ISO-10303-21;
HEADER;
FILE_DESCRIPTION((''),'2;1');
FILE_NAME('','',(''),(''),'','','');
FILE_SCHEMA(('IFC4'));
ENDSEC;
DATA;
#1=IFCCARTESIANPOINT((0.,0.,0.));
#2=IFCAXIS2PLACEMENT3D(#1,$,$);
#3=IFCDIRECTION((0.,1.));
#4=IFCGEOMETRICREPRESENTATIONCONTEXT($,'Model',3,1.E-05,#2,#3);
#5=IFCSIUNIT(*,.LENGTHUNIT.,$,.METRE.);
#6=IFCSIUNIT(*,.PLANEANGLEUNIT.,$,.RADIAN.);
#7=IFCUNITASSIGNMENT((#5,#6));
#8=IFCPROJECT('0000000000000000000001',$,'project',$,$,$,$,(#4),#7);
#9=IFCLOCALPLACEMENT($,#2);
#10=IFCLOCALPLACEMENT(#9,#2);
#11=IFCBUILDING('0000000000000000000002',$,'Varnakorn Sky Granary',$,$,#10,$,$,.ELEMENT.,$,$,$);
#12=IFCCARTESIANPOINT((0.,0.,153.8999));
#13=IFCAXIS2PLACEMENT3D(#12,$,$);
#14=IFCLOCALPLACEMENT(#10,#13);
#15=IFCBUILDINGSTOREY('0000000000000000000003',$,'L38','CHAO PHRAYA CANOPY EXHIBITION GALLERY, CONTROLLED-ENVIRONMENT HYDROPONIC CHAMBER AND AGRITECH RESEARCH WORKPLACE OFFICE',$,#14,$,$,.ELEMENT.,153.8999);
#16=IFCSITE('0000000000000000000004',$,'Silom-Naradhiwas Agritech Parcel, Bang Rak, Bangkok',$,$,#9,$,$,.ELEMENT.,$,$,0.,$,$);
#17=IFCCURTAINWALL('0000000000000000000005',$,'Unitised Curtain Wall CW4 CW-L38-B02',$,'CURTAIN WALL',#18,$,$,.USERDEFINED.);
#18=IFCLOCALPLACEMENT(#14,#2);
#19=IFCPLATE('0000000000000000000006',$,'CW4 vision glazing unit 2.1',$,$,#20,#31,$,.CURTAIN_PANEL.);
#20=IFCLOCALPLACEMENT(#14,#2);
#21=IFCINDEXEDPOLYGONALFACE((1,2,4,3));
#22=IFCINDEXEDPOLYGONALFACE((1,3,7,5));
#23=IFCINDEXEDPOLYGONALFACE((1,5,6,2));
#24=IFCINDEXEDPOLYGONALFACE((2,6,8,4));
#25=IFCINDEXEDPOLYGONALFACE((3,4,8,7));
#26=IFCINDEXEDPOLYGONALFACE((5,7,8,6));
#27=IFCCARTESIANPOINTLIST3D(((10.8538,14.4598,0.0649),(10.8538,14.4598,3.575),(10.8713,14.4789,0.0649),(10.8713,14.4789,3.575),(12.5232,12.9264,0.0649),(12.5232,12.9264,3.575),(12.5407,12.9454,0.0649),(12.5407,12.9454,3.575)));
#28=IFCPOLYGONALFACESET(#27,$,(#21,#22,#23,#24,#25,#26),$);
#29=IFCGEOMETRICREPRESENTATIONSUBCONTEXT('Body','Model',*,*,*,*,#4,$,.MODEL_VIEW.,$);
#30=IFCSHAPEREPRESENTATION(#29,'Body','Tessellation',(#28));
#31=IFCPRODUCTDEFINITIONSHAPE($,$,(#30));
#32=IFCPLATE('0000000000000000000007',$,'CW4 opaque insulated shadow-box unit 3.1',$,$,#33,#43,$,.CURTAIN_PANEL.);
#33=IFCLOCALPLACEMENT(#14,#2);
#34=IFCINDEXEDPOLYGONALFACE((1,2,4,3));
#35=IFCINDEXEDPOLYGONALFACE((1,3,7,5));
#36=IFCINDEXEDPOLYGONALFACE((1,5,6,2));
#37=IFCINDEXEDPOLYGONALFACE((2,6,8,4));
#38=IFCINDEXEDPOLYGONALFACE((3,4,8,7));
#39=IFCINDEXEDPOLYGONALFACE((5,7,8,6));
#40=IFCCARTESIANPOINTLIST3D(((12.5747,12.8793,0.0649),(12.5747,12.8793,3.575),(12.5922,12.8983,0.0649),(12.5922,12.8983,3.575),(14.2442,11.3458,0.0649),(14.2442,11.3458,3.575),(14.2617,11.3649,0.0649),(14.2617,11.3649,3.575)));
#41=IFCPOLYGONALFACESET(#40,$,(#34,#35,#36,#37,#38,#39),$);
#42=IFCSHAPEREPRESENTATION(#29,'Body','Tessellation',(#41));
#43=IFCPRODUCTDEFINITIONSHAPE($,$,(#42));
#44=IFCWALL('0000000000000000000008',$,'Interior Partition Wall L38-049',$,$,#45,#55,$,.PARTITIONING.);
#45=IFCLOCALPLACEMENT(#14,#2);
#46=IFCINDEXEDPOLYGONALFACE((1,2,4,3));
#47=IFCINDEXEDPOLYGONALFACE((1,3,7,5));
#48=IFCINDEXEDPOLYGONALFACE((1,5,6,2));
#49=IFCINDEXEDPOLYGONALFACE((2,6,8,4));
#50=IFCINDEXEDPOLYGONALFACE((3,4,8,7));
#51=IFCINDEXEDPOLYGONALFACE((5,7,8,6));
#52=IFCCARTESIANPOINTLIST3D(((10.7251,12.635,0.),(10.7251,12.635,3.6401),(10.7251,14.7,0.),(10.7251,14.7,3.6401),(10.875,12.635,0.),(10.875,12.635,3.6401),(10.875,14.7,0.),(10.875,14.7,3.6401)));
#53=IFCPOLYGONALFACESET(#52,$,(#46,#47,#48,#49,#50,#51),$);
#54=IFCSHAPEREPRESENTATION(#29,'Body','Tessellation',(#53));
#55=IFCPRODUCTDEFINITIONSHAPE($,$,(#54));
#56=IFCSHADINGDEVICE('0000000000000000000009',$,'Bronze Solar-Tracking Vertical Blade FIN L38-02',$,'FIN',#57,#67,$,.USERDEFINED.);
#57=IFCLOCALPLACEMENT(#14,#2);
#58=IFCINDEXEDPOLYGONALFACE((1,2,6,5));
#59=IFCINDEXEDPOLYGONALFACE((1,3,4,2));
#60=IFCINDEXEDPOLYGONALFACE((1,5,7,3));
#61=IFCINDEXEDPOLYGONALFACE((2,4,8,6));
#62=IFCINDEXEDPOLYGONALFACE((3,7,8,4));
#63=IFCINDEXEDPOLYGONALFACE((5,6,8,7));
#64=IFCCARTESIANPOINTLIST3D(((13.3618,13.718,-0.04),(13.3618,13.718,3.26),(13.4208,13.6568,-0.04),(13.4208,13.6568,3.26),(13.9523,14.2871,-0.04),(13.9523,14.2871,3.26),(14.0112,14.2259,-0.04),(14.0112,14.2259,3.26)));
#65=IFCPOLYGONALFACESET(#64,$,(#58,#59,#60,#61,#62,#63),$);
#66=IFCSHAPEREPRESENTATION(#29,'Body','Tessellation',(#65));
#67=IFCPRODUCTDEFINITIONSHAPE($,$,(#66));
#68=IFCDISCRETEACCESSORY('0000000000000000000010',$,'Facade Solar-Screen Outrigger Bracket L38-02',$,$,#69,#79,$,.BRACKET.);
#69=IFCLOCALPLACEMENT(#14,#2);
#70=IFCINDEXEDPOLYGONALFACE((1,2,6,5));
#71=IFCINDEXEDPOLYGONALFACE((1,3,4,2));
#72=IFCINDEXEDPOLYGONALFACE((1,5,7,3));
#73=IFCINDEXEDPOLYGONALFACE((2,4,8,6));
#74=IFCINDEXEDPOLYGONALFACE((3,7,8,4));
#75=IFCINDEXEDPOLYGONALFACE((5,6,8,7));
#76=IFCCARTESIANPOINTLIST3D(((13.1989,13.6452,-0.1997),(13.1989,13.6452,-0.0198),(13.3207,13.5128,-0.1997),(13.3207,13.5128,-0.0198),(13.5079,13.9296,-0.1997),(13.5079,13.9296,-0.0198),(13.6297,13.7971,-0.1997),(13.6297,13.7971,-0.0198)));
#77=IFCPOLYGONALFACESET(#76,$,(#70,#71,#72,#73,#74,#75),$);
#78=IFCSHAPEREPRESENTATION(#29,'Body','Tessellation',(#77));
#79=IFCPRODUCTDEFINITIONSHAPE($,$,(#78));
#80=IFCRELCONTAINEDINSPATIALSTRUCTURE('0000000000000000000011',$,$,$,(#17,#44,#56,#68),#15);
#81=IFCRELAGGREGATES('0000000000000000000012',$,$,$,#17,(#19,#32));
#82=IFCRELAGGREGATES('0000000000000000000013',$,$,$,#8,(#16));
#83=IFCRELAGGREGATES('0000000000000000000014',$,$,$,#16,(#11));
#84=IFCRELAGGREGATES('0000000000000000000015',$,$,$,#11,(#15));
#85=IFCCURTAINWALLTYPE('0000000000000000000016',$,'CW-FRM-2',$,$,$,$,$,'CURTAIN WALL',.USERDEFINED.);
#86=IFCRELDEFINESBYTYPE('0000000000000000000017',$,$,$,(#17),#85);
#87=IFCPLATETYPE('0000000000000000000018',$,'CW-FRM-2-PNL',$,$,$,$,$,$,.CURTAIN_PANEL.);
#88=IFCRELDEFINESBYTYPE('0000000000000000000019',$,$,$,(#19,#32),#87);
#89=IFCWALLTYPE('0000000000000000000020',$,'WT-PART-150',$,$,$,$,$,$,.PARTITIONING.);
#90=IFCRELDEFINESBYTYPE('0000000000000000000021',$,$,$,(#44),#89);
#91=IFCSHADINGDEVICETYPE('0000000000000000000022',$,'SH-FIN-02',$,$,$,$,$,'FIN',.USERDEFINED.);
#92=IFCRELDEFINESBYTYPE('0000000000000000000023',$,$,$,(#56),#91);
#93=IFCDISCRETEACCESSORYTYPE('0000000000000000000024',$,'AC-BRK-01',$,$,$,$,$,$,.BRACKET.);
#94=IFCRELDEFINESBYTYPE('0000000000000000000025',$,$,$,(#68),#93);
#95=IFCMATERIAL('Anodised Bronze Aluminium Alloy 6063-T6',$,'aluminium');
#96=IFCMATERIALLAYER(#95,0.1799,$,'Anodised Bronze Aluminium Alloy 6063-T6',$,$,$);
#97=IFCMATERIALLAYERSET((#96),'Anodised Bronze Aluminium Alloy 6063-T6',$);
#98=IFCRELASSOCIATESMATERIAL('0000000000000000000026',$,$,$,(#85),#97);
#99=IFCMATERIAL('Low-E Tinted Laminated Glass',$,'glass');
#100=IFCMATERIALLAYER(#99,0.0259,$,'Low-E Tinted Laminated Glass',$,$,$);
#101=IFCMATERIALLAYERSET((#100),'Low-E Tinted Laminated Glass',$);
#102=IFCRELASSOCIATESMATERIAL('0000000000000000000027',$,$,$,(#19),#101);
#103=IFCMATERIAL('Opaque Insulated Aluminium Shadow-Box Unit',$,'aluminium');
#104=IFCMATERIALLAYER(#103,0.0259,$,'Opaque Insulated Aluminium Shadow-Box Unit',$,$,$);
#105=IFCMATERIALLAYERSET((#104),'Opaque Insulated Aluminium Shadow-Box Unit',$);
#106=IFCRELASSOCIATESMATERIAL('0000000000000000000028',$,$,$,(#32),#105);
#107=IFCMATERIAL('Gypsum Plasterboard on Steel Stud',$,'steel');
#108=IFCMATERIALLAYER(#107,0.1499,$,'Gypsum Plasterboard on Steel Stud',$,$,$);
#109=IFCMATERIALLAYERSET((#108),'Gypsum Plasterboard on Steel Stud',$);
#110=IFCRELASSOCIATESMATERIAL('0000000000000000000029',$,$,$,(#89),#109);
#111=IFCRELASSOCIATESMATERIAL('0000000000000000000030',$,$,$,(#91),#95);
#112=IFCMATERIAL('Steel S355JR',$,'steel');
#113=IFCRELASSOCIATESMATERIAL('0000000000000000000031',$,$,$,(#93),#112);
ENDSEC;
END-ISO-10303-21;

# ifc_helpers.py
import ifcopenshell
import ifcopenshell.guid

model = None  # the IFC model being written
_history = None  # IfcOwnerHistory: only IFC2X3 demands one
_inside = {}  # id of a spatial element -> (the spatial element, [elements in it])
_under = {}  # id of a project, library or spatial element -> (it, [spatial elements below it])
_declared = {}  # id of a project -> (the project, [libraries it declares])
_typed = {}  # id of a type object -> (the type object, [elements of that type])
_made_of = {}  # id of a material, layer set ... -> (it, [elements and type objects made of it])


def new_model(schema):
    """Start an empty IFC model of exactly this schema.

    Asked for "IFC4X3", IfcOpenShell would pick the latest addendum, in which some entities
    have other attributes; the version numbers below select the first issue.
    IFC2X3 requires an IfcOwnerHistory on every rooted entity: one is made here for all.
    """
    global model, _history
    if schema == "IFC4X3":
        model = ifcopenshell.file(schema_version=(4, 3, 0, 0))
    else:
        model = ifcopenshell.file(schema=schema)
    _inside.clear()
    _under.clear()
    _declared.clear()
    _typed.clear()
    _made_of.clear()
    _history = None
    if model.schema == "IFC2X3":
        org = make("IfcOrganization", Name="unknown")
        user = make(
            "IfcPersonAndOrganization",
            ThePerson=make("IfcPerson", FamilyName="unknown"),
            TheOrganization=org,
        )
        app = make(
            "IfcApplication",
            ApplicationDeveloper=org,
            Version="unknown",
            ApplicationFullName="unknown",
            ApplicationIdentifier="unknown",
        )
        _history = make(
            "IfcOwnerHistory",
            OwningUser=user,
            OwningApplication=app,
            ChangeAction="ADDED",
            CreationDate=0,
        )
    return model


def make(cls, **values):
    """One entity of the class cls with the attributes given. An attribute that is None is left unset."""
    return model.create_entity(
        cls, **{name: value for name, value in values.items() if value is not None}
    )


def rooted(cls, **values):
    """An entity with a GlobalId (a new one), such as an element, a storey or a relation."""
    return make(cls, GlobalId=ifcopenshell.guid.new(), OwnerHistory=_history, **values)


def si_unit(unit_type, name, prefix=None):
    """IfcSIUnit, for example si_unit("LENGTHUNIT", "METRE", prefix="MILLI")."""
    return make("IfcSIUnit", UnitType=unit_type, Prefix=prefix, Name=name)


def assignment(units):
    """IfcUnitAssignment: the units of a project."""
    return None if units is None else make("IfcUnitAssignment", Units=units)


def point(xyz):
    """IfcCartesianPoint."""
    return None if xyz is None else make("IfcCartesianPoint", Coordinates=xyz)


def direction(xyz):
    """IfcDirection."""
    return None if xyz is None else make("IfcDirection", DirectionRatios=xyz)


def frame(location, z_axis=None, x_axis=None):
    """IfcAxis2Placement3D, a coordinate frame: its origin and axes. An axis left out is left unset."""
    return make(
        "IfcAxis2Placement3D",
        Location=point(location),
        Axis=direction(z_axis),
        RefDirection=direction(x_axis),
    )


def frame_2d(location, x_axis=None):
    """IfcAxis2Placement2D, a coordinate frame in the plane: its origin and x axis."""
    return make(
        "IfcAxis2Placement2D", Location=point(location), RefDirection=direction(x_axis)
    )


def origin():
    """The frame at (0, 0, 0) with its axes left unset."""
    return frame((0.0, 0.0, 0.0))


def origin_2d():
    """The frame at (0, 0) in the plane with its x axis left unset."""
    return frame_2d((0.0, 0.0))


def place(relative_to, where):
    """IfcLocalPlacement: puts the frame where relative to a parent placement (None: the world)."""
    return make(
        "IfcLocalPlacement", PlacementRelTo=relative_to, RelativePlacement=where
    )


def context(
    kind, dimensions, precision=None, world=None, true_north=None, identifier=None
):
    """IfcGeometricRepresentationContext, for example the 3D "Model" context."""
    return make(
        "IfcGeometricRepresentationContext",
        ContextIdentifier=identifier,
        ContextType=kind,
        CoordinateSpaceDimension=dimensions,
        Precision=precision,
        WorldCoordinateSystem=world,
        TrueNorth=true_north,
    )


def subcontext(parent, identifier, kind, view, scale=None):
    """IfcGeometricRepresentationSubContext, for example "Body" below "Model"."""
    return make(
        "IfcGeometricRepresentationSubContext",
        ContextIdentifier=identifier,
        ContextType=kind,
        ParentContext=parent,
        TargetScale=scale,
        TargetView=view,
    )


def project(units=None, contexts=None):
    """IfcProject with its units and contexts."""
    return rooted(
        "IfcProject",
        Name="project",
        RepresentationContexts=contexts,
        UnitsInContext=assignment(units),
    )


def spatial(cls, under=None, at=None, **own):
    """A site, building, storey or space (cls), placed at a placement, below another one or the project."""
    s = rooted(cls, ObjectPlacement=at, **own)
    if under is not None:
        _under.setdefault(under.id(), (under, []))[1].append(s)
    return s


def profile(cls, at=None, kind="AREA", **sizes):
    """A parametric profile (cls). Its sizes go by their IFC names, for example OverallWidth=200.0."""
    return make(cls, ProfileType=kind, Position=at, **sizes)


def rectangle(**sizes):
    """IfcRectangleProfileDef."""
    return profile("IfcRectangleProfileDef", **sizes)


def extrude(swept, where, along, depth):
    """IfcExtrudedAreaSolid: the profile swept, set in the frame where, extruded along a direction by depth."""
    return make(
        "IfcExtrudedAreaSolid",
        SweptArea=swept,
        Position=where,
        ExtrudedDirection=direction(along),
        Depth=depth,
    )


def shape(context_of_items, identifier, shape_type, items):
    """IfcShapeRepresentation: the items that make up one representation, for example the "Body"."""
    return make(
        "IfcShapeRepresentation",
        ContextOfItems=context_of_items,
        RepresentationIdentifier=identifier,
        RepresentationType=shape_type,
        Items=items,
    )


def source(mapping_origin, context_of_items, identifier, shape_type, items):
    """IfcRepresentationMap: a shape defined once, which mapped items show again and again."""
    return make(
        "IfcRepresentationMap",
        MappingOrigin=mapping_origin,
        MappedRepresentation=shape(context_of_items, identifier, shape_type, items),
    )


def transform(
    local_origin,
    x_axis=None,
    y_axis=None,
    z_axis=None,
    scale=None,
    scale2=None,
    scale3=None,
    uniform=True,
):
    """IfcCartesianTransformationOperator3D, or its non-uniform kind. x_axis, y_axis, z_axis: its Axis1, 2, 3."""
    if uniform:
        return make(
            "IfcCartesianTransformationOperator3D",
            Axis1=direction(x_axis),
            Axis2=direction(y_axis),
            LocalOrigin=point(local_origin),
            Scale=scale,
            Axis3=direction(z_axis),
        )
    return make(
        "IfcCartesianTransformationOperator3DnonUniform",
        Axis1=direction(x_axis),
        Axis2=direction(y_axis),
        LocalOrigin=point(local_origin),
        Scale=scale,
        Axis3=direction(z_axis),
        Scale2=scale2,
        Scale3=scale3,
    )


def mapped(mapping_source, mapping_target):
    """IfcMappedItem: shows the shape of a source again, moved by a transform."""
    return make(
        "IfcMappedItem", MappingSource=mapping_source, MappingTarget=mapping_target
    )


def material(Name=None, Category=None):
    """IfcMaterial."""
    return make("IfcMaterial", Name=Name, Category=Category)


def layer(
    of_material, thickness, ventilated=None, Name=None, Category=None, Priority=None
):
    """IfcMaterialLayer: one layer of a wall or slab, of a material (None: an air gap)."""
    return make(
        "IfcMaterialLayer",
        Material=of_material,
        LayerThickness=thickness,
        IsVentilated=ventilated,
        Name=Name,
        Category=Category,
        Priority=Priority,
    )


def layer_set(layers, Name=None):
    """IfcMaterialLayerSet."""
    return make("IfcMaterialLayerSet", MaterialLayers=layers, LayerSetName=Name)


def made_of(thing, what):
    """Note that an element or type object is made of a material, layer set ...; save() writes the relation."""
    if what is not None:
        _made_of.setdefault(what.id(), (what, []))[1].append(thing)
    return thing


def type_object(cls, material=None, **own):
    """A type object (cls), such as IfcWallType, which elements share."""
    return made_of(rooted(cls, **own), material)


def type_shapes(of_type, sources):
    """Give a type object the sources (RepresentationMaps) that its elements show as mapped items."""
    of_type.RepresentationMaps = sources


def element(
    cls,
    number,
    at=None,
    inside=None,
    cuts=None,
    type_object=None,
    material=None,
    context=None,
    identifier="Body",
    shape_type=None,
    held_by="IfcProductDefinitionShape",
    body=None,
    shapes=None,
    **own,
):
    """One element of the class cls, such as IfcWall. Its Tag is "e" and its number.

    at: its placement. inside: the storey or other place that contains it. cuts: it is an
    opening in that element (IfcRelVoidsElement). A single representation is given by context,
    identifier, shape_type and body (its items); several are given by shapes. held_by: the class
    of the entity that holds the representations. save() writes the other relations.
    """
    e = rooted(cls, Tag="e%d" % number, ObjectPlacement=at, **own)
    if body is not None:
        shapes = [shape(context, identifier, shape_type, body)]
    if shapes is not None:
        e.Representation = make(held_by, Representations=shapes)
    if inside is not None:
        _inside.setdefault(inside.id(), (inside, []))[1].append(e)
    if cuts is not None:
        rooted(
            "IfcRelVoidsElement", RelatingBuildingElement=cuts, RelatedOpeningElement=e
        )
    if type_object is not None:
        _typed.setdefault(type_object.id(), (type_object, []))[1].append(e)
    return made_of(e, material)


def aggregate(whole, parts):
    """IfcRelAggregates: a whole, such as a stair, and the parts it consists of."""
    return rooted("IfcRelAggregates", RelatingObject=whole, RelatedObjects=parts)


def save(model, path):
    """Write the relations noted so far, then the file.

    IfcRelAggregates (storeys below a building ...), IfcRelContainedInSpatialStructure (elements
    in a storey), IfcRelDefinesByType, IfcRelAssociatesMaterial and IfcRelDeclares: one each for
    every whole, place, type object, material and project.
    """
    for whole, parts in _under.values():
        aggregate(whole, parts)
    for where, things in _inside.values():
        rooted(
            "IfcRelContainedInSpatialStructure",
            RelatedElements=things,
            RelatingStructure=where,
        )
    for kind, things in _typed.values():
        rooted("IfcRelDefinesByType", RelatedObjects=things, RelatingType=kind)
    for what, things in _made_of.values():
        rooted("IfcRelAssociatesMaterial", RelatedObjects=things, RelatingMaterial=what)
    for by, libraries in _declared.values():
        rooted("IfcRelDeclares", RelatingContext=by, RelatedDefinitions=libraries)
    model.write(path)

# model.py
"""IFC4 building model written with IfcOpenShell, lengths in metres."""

from ifc_helpers import new_model, si_unit, direction, frame, frame_2d, origin, origin_2d, place, context, subcontext, project, spatial, rectangle, extrude, source, transform, mapped, material, layer, layer_set, type_object, type_shapes, element, aggregate, save


model = new_model("IFC4")

# Units and contexts
model_context = context("Model", 3, precision=1e-05, world=origin(), true_north=direction((0.0, 1.0)))
body_context = subcontext(model_context, "Body", "Model", "MODEL_VIEW")
ifc_project = project(units=[si_unit("LENGTHUNIT", "METRE"), si_unit("PLANEANGLEUNIT", "RADIAN")], contexts=[model_context])

# Site, building, storey
site_placement = place(None, origin())
site = spatial("IfcSite", under=ifc_project, at=site_placement, Name="Silom-Naradhiwas Agritech Parcel, Bang Rak, Bangkok", CompositionType="ELEMENT", RefElevation=0.0)
building_placement = place(site_placement, origin())
building = spatial("IfcBuilding", under=site, at=building_placement, Name="Varnakorn Sky Granary", CompositionType="ELEMENT")
storey_placement = place(building_placement, frame((0.0, 0.0, 153.8999)))
storey = spatial("IfcBuildingStorey", under=building, at=storey_placement, Name="L38", Description="CHAO PHRAYA CANOPY EXHIBITION GALLERY, CONTROLLED-ENVIRONMENT HYDROPONIC CHAMBER AND AGRITECH RESEARCH WORKPLACE OFFICE", CompositionType="ELEMENT", Elevation=153.8999)

# Shared definitions
ifc_material_1 = material(Name="Steel S355JR", Category="steel")

# Curtain wall
ifc_material_2 = material(Name="Anodised Bronze Aluminium Alloy 6063-T6", Category="aluminium")
ifc_layer_1 = layer(ifc_material_2, 0.1799, Name="Anodised Bronze Aluminium Alloy 6063-T6")
ifc_layer_set_1 = layer_set([ifc_layer_1], Name="Anodised Bronze Aluminium Alloy 6063-T6")
curtain_wall_type = type_object("IfcCurtainWallType", Name="CW-FRM-2", ElementType="CURTAIN WALL", PredefinedType="USERDEFINED", material=ifc_layer_set_1)
curtain_wall_placement = place(storey_placement, origin())
curtain_wall = element("IfcCurtainWall", 1, at=curtain_wall_placement, inside=storey, type_object=curtain_wall_type, Name="Unitised Curtain Wall CW4 CW-L38-B02", ObjectType="CURTAIN WALL", PredefinedType="USERDEFINED")

# Plates
ifc_material_3 = material(Name="Opaque Insulated Aluminium Shadow-Box Unit", Category="aluminium")
ifc_layer_2 = layer(ifc_material_3, 0.0259, Name="Opaque Insulated Aluminium Shadow-Box Unit")
ifc_layer_set_2 = layer_set([ifc_layer_2], Name="Opaque Insulated Aluminium Shadow-Box Unit")
plate_type = type_object("IfcPlateType", Name="CW-FRM-2-PNL", PredefinedType="CURTAIN_PANEL")
ifc_material_4 = material(Name="Low-E Tinted Laminated Glass", Category="glass")
ifc_layer_3 = layer(ifc_material_4, 0.0259, Name="Low-E Tinted Laminated Glass")
ifc_layer_set_3 = layer_set([ifc_layer_3], Name="Low-E Tinted Laminated Glass")
shared_shape_1 = source(origin(), body_context, "Body", "SweptSolid", [
    extrude(rectangle(XDim=2.2668, YDim=0.0259, at=origin_2d()), origin(), (0.0, 0.0, 1.0), 3.51),
])
plate_1_placement = place(storey_placement, frame((11.6973, 13.7026, 0.0649), z_axis=(0.0, 0.0, 1.0), x_axis=(0.736469, -0.676472, 0.0)))
plate_1 = element("IfcPlate", 2, at=plate_1_placement, type_object=plate_type, material=ifc_layer_set_3, Name="CW4 vision glazing unit 2.1", PredefinedType="CURTAIN_PANEL", context=body_context, shape_type="MappedRepresentation", body=[
    mapped(shared_shape_1, transform((0.0, 0.0, 0.0), x_axis=(1.0, 0.0, 0.0), y_axis=(0.0, 1.0, 0.0), z_axis=(0.0, 0.0, 1.0), scale=1.0)),
])
plate_2_placement = place(storey_placement, frame((13.4182, 12.1221, 0.0649), z_axis=(0.0, 0.0, 1.0), x_axis=(0.736469, -0.676472, 0.0)))
plate_2 = element("IfcPlate", 3, at=plate_2_placement, type_object=plate_type, material=ifc_layer_set_2, Name="CW4 opaque insulated shadow-box unit 3.1", PredefinedType="CURTAIN_PANEL", context=body_context, shape_type="MappedRepresentation", body=[
    mapped(shared_shape_1, transform((0.0, 0.0, 0.0), x_axis=(1.0, 0.0, 0.0), y_axis=(0.0, 1.0, 0.0), z_axis=(0.0, 0.0, 1.0), scale=1.0)),
])
aggregate(curtain_wall, [plate_1, plate_2])

# Wall
ifc_material_5 = material(Name="Gypsum Plasterboard on Steel Stud", Category="steel")
ifc_layer_4 = layer(ifc_material_5, 0.1499, Name="Gypsum Plasterboard on Steel Stud")
ifc_layer_set_4 = layer_set([ifc_layer_4], Name="Gypsum Plasterboard on Steel Stud")
wall_type = type_object("IfcWallType", Name="WT-PART-150", PredefinedType="PARTITIONING", material=ifc_layer_set_4)
wall_placement = place(storey_placement, frame((10.8, 12.635, 0.0), z_axis=(0.0, 0.0, 1.0), x_axis=(0.0, 1.0, 0.0)))
element("IfcWall", 4, at=wall_placement, inside=storey, type_object=wall_type, Name="Interior Partition Wall L38-049", PredefinedType="PARTITIONING", context=body_context, shape_type="SweptSolid", body=[
    extrude(rectangle(XDim=2.0649, YDim=0.1499, at=frame_2d((1.0325, 0.0))), origin(), (0.0, 0.0, 1.0), 3.6401),
])

# Shading device
shading_device_type = type_object("IfcShadingDeviceType", Name="SH-FIN-02", ElementType="FIN", PredefinedType="USERDEFINED", material=ifc_material_2)
shared_shape_2 = source(origin(), body_context, "Body", "SweptSolid", [
    extrude(rectangle(XDim=0.085, YDim=0.8201, at=origin_2d()), origin(), (0.0, 0.0, 1.0), 3.3),
])
type_shapes(shading_device_type, [shared_shape_2])
shading_device_placement = place(storey_placement, frame((13.6865, 13.9719, -0.04), z_axis=(0.0, 0.0, 1.0), x_axis=(-0.693972, 0.720002, 0.0)))
element("IfcShadingDevice", 5, at=shading_device_placement, inside=storey, type_object=shading_device_type, Name="Bronze Solar-Tracking Vertical Blade FIN L38-02", ObjectType="FIN", PredefinedType="USERDEFINED", context=body_context, shape_type="MappedRepresentation", body=[
    mapped(shared_shape_2, transform((0.0, 0.0, 0.0), x_axis=(1.0, 0.0, 0.0), y_axis=(0.0, 1.0, 0.0), z_axis=(0.0, 0.0, 1.0), scale=1.0)),
])

# Discrete accessory
discrete_accessory_type = type_object("IfcDiscreteAccessoryType", Name="AC-BRK-01", PredefinedType="BRACKET", material=ifc_material_1)
shared_shape_3 = source(origin(), body_context, "Body", "SweptSolid", [
    extrude(rectangle(XDim=0.1799, YDim=0.4199, at=origin_2d()), origin(), (0.0, 0.0, 1.0), 0.1799),
])
type_shapes(discrete_accessory_type, [shared_shape_3])
discrete_accessory_placement = place(storey_placement, frame((13.4143, 13.7212, -0.1997), z_axis=(0.0, 0.0, 1.0), x_axis=(-0.677064, 0.735924, 0.0)))
element("IfcDiscreteAccessory", 6, at=discrete_accessory_placement, inside=storey, type_object=discrete_accessory_type, Name="Facade Solar-Screen Outrigger Bracket L38-02", PredefinedType="BRACKET", context=body_context, shape_type="MappedRepresentation", body=[
    mapped(shared_shape_3, transform((0.0, 0.0, 0.0), x_axis=(1.0, 0.0, 0.0), y_axis=(0.0, 1.0, 0.0), z_axis=(0.0, 0.0, 1.0), scale=1.0)),
])

save(model, "model.ifc")
